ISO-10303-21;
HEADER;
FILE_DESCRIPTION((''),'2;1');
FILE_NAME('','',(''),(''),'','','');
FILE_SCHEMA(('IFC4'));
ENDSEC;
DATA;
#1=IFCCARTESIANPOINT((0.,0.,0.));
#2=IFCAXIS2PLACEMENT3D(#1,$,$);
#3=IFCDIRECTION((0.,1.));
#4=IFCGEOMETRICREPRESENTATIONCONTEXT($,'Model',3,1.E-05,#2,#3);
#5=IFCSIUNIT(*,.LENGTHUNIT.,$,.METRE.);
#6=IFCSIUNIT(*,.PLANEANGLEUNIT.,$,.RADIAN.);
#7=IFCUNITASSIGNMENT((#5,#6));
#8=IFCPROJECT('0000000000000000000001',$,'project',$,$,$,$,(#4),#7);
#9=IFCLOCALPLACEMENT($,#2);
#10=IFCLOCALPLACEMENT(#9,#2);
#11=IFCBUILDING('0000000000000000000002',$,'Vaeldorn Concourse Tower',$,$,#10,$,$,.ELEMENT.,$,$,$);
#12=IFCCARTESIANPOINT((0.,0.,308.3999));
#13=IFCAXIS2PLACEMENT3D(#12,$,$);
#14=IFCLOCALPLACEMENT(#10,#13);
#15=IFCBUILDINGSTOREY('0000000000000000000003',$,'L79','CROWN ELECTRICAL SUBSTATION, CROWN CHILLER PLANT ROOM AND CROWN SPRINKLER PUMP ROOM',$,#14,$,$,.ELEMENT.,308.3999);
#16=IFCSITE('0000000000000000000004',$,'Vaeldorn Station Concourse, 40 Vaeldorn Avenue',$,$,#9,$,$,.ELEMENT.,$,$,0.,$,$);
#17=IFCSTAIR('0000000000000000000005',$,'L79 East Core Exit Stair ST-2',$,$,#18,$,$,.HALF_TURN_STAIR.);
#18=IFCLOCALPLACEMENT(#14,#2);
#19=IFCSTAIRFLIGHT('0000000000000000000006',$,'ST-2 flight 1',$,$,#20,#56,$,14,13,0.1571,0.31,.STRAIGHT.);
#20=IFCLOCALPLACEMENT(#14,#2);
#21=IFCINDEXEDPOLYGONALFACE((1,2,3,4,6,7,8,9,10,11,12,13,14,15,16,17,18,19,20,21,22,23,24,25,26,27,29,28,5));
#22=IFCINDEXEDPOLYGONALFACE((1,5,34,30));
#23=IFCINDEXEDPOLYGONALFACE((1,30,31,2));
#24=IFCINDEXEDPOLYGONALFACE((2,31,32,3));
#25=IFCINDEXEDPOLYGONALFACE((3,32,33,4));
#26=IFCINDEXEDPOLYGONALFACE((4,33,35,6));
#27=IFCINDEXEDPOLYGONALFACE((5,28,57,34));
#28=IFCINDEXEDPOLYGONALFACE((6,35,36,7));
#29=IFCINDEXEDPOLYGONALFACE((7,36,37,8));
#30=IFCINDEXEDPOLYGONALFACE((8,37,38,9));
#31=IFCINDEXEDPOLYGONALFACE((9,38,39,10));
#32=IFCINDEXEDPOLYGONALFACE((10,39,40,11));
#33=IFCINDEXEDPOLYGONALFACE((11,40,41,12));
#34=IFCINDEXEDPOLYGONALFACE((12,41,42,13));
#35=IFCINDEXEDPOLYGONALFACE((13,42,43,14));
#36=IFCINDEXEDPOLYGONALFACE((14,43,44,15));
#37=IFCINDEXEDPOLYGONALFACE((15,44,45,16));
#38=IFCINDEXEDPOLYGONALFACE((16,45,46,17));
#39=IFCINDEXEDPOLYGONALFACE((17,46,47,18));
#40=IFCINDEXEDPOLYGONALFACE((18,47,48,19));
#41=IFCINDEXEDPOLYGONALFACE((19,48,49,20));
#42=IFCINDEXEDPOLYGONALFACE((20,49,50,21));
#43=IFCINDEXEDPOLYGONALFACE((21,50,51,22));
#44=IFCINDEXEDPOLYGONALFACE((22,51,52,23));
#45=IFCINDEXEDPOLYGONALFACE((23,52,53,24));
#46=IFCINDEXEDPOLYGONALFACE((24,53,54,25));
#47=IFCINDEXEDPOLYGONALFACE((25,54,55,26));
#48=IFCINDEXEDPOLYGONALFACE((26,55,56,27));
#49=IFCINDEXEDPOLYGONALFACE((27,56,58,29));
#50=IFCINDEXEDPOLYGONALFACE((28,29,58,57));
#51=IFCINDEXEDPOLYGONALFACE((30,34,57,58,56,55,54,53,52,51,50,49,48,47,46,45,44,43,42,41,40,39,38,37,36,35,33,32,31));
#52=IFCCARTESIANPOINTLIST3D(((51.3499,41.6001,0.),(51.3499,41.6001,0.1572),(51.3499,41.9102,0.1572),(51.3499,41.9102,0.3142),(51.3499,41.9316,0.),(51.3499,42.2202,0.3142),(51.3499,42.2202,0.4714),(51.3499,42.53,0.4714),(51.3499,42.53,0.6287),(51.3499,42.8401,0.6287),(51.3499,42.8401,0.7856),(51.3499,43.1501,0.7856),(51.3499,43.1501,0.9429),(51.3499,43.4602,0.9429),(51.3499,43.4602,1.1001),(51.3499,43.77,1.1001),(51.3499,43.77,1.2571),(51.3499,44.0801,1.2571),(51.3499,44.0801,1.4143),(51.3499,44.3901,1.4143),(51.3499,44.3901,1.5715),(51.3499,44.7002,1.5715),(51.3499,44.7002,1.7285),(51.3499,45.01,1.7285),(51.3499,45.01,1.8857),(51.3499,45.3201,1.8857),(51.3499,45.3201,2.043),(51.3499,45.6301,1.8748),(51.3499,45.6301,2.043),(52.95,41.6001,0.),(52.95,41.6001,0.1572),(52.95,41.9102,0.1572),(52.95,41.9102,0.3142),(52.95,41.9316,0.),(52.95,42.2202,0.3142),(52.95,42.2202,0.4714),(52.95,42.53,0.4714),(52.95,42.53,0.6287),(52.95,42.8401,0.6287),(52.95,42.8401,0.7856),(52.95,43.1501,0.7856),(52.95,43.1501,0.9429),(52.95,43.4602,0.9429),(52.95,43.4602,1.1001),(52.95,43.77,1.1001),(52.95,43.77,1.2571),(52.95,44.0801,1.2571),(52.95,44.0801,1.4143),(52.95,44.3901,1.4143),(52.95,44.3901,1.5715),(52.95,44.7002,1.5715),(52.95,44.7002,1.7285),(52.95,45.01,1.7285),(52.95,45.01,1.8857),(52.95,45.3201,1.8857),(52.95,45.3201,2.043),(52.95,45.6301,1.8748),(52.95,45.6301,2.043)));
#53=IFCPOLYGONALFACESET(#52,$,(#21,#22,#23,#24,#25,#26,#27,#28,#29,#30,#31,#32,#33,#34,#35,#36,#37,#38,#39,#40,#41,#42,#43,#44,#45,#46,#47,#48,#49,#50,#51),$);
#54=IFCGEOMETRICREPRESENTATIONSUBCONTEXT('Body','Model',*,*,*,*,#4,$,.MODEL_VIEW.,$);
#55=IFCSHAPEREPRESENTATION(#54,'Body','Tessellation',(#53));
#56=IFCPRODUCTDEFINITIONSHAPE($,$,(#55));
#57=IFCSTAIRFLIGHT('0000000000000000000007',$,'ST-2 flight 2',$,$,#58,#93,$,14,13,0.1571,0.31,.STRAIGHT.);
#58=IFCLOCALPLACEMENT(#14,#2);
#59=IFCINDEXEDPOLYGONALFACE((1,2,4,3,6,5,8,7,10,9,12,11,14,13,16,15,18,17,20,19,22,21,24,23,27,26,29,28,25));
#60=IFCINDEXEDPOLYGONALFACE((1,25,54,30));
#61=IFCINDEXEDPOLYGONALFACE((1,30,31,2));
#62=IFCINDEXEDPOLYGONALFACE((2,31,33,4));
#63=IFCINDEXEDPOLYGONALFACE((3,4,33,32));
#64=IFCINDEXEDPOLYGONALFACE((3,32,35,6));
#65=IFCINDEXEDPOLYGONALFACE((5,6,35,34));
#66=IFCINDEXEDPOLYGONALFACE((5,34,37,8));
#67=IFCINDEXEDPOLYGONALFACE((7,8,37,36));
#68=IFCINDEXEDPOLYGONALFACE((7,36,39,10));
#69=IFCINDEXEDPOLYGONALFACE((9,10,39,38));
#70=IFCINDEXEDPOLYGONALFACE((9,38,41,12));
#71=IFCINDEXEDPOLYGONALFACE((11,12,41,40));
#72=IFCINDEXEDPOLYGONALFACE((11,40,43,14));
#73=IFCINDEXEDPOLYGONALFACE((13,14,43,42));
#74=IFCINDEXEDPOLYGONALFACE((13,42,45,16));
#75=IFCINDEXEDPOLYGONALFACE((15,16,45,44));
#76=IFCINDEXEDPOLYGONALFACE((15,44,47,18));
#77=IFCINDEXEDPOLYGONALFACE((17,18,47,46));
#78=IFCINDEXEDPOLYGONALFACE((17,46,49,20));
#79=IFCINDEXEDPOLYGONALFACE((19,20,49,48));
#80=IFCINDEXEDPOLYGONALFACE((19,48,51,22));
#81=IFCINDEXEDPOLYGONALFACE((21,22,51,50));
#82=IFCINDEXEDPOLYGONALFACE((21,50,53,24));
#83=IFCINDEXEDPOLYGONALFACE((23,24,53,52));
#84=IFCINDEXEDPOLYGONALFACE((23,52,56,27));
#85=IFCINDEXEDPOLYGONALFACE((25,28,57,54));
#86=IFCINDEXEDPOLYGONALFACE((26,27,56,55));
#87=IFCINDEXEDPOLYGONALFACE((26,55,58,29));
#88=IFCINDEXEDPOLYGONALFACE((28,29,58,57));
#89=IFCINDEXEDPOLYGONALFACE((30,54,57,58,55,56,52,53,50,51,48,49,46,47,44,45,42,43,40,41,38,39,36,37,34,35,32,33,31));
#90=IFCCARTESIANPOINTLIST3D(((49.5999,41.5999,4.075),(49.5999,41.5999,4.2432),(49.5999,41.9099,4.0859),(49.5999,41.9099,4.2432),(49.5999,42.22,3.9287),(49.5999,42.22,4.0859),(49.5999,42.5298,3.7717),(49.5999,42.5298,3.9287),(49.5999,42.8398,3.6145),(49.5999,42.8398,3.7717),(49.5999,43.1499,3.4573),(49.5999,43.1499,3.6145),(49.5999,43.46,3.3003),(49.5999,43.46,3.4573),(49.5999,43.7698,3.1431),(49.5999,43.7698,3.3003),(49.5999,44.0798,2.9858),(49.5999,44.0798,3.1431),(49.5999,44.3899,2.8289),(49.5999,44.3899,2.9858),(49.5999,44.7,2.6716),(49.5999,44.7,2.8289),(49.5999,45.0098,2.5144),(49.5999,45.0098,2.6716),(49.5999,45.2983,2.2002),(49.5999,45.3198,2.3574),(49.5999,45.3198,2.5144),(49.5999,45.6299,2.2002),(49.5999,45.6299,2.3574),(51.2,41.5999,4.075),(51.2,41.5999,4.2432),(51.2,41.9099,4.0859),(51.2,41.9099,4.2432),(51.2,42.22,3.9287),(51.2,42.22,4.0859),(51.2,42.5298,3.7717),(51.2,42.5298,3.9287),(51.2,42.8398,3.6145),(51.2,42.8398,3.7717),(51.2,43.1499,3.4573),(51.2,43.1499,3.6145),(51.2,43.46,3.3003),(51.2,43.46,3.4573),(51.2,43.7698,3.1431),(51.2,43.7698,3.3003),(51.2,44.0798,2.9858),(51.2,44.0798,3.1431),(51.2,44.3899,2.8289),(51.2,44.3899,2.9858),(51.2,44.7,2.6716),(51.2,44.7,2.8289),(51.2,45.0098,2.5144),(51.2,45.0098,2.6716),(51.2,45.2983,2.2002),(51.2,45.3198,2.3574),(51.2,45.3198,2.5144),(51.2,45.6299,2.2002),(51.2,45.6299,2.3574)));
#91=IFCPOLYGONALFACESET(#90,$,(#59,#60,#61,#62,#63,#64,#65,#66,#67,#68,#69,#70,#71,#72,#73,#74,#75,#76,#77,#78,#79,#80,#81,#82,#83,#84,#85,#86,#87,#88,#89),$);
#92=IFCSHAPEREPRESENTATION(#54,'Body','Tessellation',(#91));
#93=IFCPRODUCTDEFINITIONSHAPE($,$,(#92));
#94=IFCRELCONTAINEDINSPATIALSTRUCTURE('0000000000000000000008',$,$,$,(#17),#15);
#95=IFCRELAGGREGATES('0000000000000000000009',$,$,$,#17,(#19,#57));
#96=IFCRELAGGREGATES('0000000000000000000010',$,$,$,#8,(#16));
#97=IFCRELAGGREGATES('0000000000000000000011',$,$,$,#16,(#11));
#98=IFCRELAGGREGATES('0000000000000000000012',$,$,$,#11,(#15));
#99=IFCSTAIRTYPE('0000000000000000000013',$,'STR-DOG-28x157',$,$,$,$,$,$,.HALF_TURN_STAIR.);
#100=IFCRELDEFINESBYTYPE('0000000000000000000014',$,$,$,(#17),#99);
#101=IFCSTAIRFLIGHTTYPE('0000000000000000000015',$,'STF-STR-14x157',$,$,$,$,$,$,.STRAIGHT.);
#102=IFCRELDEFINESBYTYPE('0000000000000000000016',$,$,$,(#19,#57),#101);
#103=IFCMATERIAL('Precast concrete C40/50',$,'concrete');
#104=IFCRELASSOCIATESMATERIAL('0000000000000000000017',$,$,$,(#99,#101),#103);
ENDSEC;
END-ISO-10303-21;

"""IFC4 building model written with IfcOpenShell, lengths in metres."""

from ifc_helpers import new_model, si_unit, direction, frame, origin, place, context, subcontext, project, spatial, polyline, outline, extrude, material, type_object, element, aggregate, save


model = new_model("IFC4")

# Units and contexts
model_context = context("Model", 3, precision=1e-05, world=origin(), true_north=direction((0.0, 1.0)))
body_context = subcontext(model_context, "Body", "Model", "MODEL_VIEW")
ifc_project = project(units=[si_unit("LENGTHUNIT", "METRE"), si_unit("PLANEANGLEUNIT", "RADIAN")], contexts=[model_context])

# Site, building, storey
site_placement = place(None, origin())
site = spatial("IfcSite", under=ifc_project, at=site_placement, Name="Vaeldorn Station Concourse, 40 Vaeldorn Avenue", CompositionType="ELEMENT", RefElevation=0.0)
building_placement = place(site_placement, origin())
building = spatial("IfcBuilding", under=site, at=building_placement, Name="Vaeldorn Concourse Tower", CompositionType="ELEMENT")
storey_placement = place(building_placement, frame((0.0, 0.0, 308.3999)))
storey = spatial("IfcBuildingStorey", under=building, at=storey_placement, Name="L79", Description="CROWN ELECTRICAL SUBSTATION, CROWN CHILLER PLANT ROOM AND CROWN SPRINKLER PUMP ROOM", CompositionType="ELEMENT", Elevation=308.3999)

# Stair, stair flights
ifc_material_1 = material(Name="Precast concrete C40/50", Category="concrete")
stair_type = type_object("IfcStairType", Name="STR-DOG-28x157", PredefinedType="HALF_TURN_STAIR", material=ifc_material_1)
stair_placement = place(storey_placement, origin())
stair = element("IfcStair", 1, at=stair_placement, inside=storey, type_object=stair_type, Name="L79 East Core Exit Stair ST-2", PredefinedType="HALF_TURN_STAIR")
stair_flight_type = type_object("IfcStairFlightType", Name="STF-STR-14x157", PredefinedType="STRAIGHT", material=ifc_material_1)
stair_flight_1_placement = place(storey_placement, frame((52.1499, 41.6001, 0.0), z_axis=(0.0, 0.0, 1.0), x_axis=(0.0, 1.0, 0.0)))
stair_flight_1 = element("IfcStairFlight", 2, at=stair_flight_1_placement, type_object=stair_flight_type, Name="ST-2 flight 1", NumberOfRisers=14, NumberOfTreads=13, PredefinedType="STRAIGHT", RiserHeight=0.1571, TreadLength=0.31, context=body_context, shape_type="SweptSolid", body=[
    extrude(outline(polyline([(0.0, 0.0), (0.0, 0.1572), (0.3101, 0.1572), (0.3101, 0.3142), (0.6201, 0.3142), (0.6201, 0.4714), (0.9299, 0.4714), (0.9299, 0.6287), (1.24, 0.6287), (1.24, 0.7856), (1.55, 0.7856), (1.55, 0.9429), (1.8601, 0.9429), (1.8601, 1.1001), (2.1699, 1.1001), (2.1699, 1.2571), (2.48, 1.2571), (2.48, 1.4143), (2.79, 1.4143), (2.79, 1.5715), (3.1001, 1.5715), (3.1001, 1.7285), (3.4099, 1.7285), (3.4099, 1.8857), (3.72, 1.8857), (3.72, 2.043), (4.03, 2.043), (4.03, 2.2), (4.03, 1.8748), (0.3315, 0.0), (0.0, 0.0)])), frame((0.0, 0.8, 0.0), z_axis=(0.0, -1.0, 0.0), x_axis=(1.0, 0.0, 0.0)), (0.0, 0.0, 1.0), 1.6001),
])
stair_flight_2_placement = place(storey_placement, frame((50.3999, 45.6299, 2.2002), z_axis=(0.0, 0.0, 1.0), x_axis=(0.0, -1.0, 0.0)))
stair_flight_2 = element("IfcStairFlight", 3, at=stair_flight_2_placement, type_object=stair_flight_type, Name="ST-2 flight 2", NumberOfRisers=14, NumberOfTreads=13, PredefinedType="STRAIGHT", RiserHeight=0.1571, TreadLength=0.31, context=body_context, shape_type="SweptSolid", body=[
    extrude(outline(polyline([(0.0, 0.0), (0.0, 0.1572), (0.3101, 0.1572), (0.3101, 0.3142), (0.6201, 0.3142), (0.6201, 0.4714), (0.9299, 0.4714), (0.9299, 0.6287), (1.24, 0.6287), (1.24, 0.7856), (1.55, 0.7856), (1.55, 0.9429), (1.8601, 0.9429), (1.8601, 1.1001), (2.1699, 1.1001), (2.1699, 1.2571), (2.48, 1.2571), (2.48, 1.4143), (2.79, 1.4143), (2.79, 1.5715), (3.1001, 1.5715), (3.1001, 1.7285), (3.4099, 1.7285), (3.4099, 1.8857), (3.72, 1.8857), (3.72, 2.043), (4.03, 2.043), (4.03, 2.2), (4.03, 1.8748), (0.3315, 0.0), (0.0, 0.0)])), frame((0.0, 0.8, 0.0), z_axis=(0.0, -1.0, 0.0), x_axis=(1.0, 0.0, 0.0)), (0.0, 0.0, 1.0), 1.6001),
])
aggregate(stair, [stair_flight_1, stair_flight_2])

save(model, "model.ifc")
